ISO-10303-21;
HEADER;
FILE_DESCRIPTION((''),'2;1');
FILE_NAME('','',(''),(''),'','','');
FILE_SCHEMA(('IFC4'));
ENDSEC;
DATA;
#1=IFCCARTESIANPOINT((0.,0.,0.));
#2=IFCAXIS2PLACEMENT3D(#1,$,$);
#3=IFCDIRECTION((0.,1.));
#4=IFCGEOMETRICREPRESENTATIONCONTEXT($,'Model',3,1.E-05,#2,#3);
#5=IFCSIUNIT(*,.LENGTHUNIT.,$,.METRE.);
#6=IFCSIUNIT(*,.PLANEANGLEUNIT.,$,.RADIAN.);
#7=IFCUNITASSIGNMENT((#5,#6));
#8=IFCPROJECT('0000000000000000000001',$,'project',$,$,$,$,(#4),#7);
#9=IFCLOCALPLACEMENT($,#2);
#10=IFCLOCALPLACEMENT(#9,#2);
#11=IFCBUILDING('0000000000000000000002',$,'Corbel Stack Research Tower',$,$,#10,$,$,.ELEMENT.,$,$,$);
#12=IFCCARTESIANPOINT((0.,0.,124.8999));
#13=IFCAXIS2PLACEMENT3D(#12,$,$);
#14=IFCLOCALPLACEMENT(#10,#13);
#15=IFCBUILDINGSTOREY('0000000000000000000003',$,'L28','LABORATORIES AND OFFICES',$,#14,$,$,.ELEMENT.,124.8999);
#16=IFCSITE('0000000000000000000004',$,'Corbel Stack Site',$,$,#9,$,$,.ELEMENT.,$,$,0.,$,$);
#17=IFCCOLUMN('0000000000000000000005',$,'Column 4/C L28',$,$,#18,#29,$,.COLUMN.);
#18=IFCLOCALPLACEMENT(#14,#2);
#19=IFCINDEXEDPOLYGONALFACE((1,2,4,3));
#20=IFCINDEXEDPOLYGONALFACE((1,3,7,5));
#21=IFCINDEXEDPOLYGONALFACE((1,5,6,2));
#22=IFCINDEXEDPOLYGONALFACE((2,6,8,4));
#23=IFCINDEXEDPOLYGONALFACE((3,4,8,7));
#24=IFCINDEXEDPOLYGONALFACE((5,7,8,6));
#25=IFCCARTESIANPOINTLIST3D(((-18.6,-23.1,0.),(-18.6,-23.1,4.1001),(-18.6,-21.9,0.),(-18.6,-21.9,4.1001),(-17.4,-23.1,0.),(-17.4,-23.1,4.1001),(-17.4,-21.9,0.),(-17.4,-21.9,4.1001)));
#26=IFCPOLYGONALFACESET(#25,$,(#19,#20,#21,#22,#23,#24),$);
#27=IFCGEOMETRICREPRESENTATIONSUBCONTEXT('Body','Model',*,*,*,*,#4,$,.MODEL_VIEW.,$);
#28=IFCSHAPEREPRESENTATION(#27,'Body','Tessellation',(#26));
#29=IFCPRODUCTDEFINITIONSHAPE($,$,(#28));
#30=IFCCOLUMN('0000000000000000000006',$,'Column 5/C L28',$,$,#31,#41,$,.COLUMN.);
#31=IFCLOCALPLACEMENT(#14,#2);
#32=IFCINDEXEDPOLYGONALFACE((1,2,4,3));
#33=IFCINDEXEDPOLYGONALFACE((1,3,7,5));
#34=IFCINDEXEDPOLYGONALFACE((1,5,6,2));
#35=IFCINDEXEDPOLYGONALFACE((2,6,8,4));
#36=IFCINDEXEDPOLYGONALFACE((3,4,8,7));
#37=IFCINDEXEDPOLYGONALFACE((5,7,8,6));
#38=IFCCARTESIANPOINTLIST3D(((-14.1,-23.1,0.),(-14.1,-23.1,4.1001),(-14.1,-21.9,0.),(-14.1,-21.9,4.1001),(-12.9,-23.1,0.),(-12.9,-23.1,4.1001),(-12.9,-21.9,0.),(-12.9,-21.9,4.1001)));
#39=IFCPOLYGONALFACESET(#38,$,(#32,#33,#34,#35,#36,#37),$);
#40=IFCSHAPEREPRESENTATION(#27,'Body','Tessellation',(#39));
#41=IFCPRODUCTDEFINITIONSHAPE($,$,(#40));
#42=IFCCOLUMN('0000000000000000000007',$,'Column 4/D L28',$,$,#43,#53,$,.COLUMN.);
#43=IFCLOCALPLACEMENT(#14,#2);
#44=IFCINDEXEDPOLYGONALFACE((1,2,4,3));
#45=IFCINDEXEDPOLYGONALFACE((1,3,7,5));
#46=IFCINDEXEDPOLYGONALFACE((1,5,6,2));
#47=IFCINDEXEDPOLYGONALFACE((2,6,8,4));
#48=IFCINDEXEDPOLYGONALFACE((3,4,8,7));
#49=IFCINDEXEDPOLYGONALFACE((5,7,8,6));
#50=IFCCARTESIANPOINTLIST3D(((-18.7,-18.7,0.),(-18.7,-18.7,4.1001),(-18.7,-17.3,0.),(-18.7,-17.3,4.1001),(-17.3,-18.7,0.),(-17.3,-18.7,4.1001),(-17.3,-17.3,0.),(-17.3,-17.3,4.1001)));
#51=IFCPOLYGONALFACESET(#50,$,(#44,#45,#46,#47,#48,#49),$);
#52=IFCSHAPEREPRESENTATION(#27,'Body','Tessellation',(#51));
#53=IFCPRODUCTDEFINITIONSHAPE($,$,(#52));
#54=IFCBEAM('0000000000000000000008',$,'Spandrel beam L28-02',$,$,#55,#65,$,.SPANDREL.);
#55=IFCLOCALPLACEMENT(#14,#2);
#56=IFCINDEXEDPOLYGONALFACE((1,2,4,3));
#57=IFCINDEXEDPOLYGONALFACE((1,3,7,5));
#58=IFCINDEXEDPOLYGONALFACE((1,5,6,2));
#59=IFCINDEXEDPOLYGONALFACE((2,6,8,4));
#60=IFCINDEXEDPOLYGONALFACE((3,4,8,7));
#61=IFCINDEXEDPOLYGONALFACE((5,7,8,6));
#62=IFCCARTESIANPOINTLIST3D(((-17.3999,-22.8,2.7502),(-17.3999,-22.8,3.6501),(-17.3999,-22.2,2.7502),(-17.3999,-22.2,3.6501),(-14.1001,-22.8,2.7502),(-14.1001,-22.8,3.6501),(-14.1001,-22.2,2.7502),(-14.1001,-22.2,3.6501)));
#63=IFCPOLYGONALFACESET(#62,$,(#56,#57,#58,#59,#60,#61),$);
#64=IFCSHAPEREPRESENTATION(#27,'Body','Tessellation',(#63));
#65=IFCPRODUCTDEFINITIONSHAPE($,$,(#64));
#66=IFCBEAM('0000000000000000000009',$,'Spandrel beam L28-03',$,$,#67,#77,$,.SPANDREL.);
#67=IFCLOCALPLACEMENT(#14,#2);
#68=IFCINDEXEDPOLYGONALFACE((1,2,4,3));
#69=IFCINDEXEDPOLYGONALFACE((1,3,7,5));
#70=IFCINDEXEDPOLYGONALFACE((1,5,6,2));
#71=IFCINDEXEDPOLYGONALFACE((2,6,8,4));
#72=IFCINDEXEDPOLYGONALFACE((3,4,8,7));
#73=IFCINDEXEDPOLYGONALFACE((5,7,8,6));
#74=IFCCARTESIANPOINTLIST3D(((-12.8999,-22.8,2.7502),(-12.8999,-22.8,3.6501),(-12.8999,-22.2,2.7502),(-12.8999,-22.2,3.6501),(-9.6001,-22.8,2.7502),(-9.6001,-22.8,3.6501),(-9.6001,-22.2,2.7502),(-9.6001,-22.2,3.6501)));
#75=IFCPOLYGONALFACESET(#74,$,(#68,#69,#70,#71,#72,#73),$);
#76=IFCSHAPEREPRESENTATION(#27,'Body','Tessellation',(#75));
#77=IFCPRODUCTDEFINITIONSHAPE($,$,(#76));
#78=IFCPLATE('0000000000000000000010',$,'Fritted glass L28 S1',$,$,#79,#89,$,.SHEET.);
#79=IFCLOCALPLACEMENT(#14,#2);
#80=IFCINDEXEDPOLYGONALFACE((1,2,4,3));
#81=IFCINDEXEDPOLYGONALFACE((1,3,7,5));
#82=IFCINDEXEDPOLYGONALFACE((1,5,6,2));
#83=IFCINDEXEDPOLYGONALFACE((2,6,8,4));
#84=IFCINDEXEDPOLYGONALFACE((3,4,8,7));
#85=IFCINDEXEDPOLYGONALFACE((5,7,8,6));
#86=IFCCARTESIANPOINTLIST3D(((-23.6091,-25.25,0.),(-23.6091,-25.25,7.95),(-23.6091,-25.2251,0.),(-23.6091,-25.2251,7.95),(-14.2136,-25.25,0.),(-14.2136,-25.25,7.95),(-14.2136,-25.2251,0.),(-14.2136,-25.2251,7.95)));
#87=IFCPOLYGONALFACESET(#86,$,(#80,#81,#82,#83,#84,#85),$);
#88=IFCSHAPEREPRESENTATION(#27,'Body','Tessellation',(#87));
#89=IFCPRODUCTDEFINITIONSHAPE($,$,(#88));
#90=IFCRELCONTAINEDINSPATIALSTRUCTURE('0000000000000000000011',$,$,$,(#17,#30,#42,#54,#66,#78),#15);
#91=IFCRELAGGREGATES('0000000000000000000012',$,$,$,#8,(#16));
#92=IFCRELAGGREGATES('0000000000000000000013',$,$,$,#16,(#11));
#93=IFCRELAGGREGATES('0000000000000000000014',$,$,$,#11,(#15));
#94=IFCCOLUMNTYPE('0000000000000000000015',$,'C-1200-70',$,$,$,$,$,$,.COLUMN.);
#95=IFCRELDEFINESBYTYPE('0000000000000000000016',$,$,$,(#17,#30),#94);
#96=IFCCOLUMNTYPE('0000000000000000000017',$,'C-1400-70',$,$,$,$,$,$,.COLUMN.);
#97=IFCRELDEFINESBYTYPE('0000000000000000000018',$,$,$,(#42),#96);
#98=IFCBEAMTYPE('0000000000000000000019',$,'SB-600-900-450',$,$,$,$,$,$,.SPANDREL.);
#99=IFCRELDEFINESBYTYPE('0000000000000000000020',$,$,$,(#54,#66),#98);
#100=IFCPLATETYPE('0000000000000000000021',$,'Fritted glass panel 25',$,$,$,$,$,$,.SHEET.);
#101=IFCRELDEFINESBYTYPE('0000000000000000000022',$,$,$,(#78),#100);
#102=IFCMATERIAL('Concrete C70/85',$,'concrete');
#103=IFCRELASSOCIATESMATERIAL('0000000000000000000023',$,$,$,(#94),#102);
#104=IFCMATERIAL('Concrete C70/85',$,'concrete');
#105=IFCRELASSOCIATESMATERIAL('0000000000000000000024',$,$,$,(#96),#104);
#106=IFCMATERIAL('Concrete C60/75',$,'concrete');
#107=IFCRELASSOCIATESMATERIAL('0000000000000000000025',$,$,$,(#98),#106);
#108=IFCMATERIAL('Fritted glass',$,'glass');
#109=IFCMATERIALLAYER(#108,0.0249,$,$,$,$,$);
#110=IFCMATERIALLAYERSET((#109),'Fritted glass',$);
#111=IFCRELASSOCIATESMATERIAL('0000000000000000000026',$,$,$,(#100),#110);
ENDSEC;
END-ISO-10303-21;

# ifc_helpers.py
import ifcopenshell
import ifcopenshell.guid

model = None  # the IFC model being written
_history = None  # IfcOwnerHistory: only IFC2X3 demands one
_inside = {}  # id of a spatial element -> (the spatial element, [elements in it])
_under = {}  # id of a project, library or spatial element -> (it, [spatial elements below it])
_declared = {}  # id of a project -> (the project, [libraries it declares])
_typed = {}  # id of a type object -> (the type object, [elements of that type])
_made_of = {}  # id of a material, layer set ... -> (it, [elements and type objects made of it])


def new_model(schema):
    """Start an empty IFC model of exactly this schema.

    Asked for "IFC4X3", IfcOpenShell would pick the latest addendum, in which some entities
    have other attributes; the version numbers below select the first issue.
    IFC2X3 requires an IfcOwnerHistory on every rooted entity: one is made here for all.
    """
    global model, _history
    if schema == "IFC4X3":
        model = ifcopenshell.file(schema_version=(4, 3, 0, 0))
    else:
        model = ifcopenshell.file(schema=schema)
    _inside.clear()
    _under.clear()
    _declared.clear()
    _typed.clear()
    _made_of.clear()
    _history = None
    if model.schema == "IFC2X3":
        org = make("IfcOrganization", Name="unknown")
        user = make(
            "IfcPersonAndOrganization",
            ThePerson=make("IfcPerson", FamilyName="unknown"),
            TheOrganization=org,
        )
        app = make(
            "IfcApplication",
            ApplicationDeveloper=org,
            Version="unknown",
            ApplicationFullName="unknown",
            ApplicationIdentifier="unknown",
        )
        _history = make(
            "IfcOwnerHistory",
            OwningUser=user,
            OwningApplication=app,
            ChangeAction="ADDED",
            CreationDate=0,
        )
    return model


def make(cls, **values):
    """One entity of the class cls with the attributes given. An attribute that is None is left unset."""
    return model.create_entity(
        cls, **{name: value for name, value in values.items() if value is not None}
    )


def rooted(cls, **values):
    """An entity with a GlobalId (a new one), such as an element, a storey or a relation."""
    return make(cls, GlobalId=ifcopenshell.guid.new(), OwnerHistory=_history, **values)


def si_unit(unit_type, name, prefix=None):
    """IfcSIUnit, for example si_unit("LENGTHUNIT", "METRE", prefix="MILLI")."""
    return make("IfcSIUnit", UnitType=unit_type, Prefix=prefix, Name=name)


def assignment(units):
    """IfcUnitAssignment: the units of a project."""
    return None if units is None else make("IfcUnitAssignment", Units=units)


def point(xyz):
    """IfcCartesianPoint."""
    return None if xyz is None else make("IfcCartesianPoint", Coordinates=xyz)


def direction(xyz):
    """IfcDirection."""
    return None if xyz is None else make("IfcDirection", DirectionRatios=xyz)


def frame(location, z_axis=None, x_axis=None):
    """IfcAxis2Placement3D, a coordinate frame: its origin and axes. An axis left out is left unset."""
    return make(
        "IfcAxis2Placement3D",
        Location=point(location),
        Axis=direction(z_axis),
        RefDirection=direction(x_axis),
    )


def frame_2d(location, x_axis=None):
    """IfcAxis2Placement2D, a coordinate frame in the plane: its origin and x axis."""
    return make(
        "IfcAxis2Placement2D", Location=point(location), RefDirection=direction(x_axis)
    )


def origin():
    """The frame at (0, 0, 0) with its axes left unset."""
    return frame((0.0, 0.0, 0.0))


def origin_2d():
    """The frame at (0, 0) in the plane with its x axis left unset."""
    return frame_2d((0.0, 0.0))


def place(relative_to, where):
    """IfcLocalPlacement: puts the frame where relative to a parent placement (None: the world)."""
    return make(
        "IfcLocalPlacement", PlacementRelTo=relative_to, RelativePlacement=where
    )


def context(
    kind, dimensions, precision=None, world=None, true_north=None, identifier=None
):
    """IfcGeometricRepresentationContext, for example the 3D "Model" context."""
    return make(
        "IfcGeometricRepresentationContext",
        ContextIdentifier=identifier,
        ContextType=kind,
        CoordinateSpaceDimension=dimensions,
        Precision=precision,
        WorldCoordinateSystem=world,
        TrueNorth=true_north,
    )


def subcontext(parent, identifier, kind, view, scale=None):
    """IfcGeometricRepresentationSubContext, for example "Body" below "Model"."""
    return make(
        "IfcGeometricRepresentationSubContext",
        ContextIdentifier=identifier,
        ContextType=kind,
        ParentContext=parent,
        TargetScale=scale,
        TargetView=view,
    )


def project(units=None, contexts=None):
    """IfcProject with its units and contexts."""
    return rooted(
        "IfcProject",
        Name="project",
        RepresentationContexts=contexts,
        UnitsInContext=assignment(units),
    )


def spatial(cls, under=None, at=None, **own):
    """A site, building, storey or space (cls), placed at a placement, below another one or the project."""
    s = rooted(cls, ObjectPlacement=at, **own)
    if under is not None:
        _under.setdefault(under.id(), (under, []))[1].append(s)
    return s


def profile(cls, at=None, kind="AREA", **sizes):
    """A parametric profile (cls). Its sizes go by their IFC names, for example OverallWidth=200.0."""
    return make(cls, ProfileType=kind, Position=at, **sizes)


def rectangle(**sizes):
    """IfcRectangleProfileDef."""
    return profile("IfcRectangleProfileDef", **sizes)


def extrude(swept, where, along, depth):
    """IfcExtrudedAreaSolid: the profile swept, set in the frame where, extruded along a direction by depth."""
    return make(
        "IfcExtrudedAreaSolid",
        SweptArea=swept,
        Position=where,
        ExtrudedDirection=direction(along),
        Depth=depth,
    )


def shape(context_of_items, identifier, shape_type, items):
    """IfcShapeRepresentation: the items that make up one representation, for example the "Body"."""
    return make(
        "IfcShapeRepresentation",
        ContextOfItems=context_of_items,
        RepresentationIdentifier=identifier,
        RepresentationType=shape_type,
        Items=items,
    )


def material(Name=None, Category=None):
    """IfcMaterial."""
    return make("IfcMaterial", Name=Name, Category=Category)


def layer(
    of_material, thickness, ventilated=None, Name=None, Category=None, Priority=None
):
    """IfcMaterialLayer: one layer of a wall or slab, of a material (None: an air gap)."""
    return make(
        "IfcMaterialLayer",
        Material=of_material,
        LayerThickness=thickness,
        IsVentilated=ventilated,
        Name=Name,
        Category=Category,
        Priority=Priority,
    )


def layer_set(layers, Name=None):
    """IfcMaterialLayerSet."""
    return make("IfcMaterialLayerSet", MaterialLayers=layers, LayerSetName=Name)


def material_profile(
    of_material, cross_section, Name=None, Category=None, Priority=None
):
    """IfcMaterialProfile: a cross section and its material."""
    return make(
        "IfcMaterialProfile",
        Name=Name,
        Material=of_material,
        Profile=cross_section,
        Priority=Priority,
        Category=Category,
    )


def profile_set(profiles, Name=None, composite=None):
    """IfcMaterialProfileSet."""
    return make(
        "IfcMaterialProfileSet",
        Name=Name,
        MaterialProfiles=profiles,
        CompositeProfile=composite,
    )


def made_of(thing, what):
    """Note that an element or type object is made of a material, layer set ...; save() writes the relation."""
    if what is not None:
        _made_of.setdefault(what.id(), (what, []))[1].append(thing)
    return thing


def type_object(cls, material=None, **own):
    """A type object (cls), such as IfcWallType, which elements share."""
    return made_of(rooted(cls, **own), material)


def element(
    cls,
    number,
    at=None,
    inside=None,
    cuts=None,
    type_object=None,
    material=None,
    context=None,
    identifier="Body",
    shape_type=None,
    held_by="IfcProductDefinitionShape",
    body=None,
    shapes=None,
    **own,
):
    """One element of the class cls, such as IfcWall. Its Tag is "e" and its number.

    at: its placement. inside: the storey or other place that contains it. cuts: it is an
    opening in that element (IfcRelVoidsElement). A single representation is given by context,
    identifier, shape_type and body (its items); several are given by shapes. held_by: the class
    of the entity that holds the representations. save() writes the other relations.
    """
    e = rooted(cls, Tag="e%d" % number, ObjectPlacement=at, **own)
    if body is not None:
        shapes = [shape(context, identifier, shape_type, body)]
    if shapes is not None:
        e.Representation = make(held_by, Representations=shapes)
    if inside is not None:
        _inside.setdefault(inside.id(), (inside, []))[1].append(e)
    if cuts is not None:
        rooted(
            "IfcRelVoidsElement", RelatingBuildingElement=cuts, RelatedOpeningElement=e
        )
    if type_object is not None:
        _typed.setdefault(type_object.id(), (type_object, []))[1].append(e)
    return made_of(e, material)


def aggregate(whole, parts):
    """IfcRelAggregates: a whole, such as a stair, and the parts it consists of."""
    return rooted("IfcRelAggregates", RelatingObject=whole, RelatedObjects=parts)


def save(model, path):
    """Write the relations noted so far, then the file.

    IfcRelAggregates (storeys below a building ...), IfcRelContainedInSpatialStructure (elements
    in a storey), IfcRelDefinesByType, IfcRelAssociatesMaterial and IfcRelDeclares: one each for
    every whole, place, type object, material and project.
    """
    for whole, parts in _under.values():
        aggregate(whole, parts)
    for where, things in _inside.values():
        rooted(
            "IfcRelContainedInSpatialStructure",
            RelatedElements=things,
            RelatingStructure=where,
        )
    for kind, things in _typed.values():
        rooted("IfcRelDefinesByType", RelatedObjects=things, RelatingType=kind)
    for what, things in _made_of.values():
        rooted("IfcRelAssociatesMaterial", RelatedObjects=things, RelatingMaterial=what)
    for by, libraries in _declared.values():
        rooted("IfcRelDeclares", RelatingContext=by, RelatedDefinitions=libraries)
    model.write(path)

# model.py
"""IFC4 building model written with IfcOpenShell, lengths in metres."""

from ifc_helpers import new_model, si_unit, direction, frame, origin, origin_2d, place, context, subcontext, project, spatial, rectangle, extrude, material, layer, layer_set, material_profile, profile_set, type_object, element, save


model = new_model("IFC4")

# Units and contexts
model_context = context("Model", 3, precision=1e-05, world=origin(), true_north=direction((0.0, 1.0)))
body_context = subcontext(model_context, "Body", "Model", "MODEL_VIEW")
ifc_project = project(units=[si_unit("LENGTHUNIT", "METRE"), si_unit("PLANEANGLEUNIT", "RADIAN")], contexts=[model_context])

# Site, building, storey
site_placement = place(None, origin())
site = spatial("IfcSite", under=ifc_project, at=site_placement, Name="Corbel Stack Site", CompositionType="ELEMENT", RefElevation=0.0)
building_placement = place(site_placement, origin())
building = spatial("IfcBuilding", under=site, at=building_placement, Name="Corbel Stack Research Tower", CompositionType="ELEMENT")
storey_placement = place(building_placement, frame((0.0, 0.0, 124.8999)))
storey = spatial("IfcBuildingStorey", under=building, at=storey_placement, Name="L28", Description="LABORATORIES AND OFFICES", CompositionType="ELEMENT", Elevation=124.8999)

# Columns
ifc_material_1 = material(Name="Concrete C70/85", Category="concrete")
ifc_material_profile_1 = material_profile(ifc_material_1, rectangle(XDim=1.2, YDim=1.2, at=origin_2d()), Name="RC 1200 x 1200")
ifc_profile_set_1 = profile_set([ifc_material_profile_1], Name="Concrete C70/85")
column_type_1 = type_object("IfcColumnType", Name="C-1200-70", PredefinedType="COLUMN", material=ifc_profile_set_1)
for number, where, z_axis, x_axis, name in (
    (1, (-18.0, -22.5, 0.0), (0.0, 0.0, 1.0), (1.0, 0.0, 0.0), "Column 4/C L28"),
    (2, (-13.5, -22.5, 0.0), (0.0, 0.0, 1.0), (1.0, 0.0, 0.0), "Column 5/C L28"),
):
    element("IfcColumn", number, at=place(storey_placement, frame(where, z_axis=z_axis, x_axis=x_axis)), inside=storey, type_object=column_type_1, Name=name, PredefinedType="COLUMN", context=body_context, shape_type="SweptSolid", body=[
        extrude(rectangle(XDim=1.2, YDim=1.2, at=origin_2d()), origin(), (0.0, 0.0, 1.0), 4.1001),
    ])
ifc_material_2 = material(Name="Concrete C70/85", Category="concrete")
ifc_material_profile_2 = material_profile(ifc_material_2, rectangle(XDim=1.3999, YDim=1.3999, at=origin_2d()), Name="RC 1400 x 1400")
ifc_profile_set_2 = profile_set([ifc_material_profile_2], Name="Concrete C70/85")
column_type_2 = type_object("IfcColumnType", Name="C-1400-70", PredefinedType="COLUMN", material=ifc_profile_set_2)
column_placement = place(storey_placement, frame((-18.0, -18.0, 0.0), z_axis=(0.0, 0.0, 1.0), x_axis=(1.0, 0.0, 0.0)))
element("IfcColumn", 3, at=column_placement, inside=storey, type_object=column_type_2, Name="Column 4/D L28", PredefinedType="COLUMN", context=body_context, shape_type="SweptSolid", body=[
    extrude(rectangle(XDim=1.3999, YDim=1.3999, at=origin_2d()), origin(), (0.0, 0.0, 1.0), 4.1001),
])

# Beams
ifc_material_3 = material(Name="Concrete C60/75", Category="concrete")
ifc_material_profile_3 = material_profile(ifc_material_3, rectangle(XDim=0.6001, YDim=0.8999, at=origin_2d()), Name="RC 600 x 900")
ifc_profile_set_3 = profile_set([ifc_material_profile_3], Name="Concrete C60/75")
beam_type = type_object("IfcBeamType", Name="SB-600-900-450", PredefinedType="SPANDREL", material=ifc_profile_set_3)
for number, where, z_axis, x_axis, name in (
    (4, (-17.3999, -22.5, 3.2002), (1.0, 0.0, 0.0), (0.0, 1.0, 0.0), "Spandrel beam L28-02"),
    (5, (-12.8999, -22.5, 3.2002), (1.0, 0.0, 0.0), (0.0, 1.0, 0.0), "Spandrel beam L28-03"),
):
    element("IfcBeam", number, at=place(storey_placement, frame(where, z_axis=z_axis, x_axis=x_axis)), inside=storey, type_object=beam_type, Name=name, PredefinedType="SPANDREL", context=body_context, shape_type="SweptSolid", body=[
        extrude(rectangle(XDim=0.6001, YDim=0.8999, at=origin_2d()), origin(), (0.0, 0.0, 1.0), 3.2998),
    ])

# Plate
ifc_material_4 = material(Name="Fritted glass", Category="glass")
ifc_layer_1 = layer(ifc_material_4, 0.0249)
ifc_layer_set_1 = layer_set([ifc_layer_1], Name="Fritted glass")
plate_type = type_object("IfcPlateType", Name="Fritted glass panel 25", PredefinedType="SHEET", material=ifc_layer_set_1)
plate_placement = place(storey_placement, frame((-18.9114, -25.2375, 0.0), z_axis=(0.0, 0.0, 1.0), x_axis=(1.0, 0.0, 0.0)))
element("IfcPlate", 6, at=plate_placement, inside=storey, type_object=plate_type, Name="Fritted glass L28 S1", PredefinedType="SHEET", context=body_context, shape_type="SweptSolid", body=[
    extrude(rectangle(XDim=9.3955, YDim=0.0249, at=origin_2d()), origin(), (0.0, 0.0, 1.0), 7.95),
])

save(model, "model.ifc")
